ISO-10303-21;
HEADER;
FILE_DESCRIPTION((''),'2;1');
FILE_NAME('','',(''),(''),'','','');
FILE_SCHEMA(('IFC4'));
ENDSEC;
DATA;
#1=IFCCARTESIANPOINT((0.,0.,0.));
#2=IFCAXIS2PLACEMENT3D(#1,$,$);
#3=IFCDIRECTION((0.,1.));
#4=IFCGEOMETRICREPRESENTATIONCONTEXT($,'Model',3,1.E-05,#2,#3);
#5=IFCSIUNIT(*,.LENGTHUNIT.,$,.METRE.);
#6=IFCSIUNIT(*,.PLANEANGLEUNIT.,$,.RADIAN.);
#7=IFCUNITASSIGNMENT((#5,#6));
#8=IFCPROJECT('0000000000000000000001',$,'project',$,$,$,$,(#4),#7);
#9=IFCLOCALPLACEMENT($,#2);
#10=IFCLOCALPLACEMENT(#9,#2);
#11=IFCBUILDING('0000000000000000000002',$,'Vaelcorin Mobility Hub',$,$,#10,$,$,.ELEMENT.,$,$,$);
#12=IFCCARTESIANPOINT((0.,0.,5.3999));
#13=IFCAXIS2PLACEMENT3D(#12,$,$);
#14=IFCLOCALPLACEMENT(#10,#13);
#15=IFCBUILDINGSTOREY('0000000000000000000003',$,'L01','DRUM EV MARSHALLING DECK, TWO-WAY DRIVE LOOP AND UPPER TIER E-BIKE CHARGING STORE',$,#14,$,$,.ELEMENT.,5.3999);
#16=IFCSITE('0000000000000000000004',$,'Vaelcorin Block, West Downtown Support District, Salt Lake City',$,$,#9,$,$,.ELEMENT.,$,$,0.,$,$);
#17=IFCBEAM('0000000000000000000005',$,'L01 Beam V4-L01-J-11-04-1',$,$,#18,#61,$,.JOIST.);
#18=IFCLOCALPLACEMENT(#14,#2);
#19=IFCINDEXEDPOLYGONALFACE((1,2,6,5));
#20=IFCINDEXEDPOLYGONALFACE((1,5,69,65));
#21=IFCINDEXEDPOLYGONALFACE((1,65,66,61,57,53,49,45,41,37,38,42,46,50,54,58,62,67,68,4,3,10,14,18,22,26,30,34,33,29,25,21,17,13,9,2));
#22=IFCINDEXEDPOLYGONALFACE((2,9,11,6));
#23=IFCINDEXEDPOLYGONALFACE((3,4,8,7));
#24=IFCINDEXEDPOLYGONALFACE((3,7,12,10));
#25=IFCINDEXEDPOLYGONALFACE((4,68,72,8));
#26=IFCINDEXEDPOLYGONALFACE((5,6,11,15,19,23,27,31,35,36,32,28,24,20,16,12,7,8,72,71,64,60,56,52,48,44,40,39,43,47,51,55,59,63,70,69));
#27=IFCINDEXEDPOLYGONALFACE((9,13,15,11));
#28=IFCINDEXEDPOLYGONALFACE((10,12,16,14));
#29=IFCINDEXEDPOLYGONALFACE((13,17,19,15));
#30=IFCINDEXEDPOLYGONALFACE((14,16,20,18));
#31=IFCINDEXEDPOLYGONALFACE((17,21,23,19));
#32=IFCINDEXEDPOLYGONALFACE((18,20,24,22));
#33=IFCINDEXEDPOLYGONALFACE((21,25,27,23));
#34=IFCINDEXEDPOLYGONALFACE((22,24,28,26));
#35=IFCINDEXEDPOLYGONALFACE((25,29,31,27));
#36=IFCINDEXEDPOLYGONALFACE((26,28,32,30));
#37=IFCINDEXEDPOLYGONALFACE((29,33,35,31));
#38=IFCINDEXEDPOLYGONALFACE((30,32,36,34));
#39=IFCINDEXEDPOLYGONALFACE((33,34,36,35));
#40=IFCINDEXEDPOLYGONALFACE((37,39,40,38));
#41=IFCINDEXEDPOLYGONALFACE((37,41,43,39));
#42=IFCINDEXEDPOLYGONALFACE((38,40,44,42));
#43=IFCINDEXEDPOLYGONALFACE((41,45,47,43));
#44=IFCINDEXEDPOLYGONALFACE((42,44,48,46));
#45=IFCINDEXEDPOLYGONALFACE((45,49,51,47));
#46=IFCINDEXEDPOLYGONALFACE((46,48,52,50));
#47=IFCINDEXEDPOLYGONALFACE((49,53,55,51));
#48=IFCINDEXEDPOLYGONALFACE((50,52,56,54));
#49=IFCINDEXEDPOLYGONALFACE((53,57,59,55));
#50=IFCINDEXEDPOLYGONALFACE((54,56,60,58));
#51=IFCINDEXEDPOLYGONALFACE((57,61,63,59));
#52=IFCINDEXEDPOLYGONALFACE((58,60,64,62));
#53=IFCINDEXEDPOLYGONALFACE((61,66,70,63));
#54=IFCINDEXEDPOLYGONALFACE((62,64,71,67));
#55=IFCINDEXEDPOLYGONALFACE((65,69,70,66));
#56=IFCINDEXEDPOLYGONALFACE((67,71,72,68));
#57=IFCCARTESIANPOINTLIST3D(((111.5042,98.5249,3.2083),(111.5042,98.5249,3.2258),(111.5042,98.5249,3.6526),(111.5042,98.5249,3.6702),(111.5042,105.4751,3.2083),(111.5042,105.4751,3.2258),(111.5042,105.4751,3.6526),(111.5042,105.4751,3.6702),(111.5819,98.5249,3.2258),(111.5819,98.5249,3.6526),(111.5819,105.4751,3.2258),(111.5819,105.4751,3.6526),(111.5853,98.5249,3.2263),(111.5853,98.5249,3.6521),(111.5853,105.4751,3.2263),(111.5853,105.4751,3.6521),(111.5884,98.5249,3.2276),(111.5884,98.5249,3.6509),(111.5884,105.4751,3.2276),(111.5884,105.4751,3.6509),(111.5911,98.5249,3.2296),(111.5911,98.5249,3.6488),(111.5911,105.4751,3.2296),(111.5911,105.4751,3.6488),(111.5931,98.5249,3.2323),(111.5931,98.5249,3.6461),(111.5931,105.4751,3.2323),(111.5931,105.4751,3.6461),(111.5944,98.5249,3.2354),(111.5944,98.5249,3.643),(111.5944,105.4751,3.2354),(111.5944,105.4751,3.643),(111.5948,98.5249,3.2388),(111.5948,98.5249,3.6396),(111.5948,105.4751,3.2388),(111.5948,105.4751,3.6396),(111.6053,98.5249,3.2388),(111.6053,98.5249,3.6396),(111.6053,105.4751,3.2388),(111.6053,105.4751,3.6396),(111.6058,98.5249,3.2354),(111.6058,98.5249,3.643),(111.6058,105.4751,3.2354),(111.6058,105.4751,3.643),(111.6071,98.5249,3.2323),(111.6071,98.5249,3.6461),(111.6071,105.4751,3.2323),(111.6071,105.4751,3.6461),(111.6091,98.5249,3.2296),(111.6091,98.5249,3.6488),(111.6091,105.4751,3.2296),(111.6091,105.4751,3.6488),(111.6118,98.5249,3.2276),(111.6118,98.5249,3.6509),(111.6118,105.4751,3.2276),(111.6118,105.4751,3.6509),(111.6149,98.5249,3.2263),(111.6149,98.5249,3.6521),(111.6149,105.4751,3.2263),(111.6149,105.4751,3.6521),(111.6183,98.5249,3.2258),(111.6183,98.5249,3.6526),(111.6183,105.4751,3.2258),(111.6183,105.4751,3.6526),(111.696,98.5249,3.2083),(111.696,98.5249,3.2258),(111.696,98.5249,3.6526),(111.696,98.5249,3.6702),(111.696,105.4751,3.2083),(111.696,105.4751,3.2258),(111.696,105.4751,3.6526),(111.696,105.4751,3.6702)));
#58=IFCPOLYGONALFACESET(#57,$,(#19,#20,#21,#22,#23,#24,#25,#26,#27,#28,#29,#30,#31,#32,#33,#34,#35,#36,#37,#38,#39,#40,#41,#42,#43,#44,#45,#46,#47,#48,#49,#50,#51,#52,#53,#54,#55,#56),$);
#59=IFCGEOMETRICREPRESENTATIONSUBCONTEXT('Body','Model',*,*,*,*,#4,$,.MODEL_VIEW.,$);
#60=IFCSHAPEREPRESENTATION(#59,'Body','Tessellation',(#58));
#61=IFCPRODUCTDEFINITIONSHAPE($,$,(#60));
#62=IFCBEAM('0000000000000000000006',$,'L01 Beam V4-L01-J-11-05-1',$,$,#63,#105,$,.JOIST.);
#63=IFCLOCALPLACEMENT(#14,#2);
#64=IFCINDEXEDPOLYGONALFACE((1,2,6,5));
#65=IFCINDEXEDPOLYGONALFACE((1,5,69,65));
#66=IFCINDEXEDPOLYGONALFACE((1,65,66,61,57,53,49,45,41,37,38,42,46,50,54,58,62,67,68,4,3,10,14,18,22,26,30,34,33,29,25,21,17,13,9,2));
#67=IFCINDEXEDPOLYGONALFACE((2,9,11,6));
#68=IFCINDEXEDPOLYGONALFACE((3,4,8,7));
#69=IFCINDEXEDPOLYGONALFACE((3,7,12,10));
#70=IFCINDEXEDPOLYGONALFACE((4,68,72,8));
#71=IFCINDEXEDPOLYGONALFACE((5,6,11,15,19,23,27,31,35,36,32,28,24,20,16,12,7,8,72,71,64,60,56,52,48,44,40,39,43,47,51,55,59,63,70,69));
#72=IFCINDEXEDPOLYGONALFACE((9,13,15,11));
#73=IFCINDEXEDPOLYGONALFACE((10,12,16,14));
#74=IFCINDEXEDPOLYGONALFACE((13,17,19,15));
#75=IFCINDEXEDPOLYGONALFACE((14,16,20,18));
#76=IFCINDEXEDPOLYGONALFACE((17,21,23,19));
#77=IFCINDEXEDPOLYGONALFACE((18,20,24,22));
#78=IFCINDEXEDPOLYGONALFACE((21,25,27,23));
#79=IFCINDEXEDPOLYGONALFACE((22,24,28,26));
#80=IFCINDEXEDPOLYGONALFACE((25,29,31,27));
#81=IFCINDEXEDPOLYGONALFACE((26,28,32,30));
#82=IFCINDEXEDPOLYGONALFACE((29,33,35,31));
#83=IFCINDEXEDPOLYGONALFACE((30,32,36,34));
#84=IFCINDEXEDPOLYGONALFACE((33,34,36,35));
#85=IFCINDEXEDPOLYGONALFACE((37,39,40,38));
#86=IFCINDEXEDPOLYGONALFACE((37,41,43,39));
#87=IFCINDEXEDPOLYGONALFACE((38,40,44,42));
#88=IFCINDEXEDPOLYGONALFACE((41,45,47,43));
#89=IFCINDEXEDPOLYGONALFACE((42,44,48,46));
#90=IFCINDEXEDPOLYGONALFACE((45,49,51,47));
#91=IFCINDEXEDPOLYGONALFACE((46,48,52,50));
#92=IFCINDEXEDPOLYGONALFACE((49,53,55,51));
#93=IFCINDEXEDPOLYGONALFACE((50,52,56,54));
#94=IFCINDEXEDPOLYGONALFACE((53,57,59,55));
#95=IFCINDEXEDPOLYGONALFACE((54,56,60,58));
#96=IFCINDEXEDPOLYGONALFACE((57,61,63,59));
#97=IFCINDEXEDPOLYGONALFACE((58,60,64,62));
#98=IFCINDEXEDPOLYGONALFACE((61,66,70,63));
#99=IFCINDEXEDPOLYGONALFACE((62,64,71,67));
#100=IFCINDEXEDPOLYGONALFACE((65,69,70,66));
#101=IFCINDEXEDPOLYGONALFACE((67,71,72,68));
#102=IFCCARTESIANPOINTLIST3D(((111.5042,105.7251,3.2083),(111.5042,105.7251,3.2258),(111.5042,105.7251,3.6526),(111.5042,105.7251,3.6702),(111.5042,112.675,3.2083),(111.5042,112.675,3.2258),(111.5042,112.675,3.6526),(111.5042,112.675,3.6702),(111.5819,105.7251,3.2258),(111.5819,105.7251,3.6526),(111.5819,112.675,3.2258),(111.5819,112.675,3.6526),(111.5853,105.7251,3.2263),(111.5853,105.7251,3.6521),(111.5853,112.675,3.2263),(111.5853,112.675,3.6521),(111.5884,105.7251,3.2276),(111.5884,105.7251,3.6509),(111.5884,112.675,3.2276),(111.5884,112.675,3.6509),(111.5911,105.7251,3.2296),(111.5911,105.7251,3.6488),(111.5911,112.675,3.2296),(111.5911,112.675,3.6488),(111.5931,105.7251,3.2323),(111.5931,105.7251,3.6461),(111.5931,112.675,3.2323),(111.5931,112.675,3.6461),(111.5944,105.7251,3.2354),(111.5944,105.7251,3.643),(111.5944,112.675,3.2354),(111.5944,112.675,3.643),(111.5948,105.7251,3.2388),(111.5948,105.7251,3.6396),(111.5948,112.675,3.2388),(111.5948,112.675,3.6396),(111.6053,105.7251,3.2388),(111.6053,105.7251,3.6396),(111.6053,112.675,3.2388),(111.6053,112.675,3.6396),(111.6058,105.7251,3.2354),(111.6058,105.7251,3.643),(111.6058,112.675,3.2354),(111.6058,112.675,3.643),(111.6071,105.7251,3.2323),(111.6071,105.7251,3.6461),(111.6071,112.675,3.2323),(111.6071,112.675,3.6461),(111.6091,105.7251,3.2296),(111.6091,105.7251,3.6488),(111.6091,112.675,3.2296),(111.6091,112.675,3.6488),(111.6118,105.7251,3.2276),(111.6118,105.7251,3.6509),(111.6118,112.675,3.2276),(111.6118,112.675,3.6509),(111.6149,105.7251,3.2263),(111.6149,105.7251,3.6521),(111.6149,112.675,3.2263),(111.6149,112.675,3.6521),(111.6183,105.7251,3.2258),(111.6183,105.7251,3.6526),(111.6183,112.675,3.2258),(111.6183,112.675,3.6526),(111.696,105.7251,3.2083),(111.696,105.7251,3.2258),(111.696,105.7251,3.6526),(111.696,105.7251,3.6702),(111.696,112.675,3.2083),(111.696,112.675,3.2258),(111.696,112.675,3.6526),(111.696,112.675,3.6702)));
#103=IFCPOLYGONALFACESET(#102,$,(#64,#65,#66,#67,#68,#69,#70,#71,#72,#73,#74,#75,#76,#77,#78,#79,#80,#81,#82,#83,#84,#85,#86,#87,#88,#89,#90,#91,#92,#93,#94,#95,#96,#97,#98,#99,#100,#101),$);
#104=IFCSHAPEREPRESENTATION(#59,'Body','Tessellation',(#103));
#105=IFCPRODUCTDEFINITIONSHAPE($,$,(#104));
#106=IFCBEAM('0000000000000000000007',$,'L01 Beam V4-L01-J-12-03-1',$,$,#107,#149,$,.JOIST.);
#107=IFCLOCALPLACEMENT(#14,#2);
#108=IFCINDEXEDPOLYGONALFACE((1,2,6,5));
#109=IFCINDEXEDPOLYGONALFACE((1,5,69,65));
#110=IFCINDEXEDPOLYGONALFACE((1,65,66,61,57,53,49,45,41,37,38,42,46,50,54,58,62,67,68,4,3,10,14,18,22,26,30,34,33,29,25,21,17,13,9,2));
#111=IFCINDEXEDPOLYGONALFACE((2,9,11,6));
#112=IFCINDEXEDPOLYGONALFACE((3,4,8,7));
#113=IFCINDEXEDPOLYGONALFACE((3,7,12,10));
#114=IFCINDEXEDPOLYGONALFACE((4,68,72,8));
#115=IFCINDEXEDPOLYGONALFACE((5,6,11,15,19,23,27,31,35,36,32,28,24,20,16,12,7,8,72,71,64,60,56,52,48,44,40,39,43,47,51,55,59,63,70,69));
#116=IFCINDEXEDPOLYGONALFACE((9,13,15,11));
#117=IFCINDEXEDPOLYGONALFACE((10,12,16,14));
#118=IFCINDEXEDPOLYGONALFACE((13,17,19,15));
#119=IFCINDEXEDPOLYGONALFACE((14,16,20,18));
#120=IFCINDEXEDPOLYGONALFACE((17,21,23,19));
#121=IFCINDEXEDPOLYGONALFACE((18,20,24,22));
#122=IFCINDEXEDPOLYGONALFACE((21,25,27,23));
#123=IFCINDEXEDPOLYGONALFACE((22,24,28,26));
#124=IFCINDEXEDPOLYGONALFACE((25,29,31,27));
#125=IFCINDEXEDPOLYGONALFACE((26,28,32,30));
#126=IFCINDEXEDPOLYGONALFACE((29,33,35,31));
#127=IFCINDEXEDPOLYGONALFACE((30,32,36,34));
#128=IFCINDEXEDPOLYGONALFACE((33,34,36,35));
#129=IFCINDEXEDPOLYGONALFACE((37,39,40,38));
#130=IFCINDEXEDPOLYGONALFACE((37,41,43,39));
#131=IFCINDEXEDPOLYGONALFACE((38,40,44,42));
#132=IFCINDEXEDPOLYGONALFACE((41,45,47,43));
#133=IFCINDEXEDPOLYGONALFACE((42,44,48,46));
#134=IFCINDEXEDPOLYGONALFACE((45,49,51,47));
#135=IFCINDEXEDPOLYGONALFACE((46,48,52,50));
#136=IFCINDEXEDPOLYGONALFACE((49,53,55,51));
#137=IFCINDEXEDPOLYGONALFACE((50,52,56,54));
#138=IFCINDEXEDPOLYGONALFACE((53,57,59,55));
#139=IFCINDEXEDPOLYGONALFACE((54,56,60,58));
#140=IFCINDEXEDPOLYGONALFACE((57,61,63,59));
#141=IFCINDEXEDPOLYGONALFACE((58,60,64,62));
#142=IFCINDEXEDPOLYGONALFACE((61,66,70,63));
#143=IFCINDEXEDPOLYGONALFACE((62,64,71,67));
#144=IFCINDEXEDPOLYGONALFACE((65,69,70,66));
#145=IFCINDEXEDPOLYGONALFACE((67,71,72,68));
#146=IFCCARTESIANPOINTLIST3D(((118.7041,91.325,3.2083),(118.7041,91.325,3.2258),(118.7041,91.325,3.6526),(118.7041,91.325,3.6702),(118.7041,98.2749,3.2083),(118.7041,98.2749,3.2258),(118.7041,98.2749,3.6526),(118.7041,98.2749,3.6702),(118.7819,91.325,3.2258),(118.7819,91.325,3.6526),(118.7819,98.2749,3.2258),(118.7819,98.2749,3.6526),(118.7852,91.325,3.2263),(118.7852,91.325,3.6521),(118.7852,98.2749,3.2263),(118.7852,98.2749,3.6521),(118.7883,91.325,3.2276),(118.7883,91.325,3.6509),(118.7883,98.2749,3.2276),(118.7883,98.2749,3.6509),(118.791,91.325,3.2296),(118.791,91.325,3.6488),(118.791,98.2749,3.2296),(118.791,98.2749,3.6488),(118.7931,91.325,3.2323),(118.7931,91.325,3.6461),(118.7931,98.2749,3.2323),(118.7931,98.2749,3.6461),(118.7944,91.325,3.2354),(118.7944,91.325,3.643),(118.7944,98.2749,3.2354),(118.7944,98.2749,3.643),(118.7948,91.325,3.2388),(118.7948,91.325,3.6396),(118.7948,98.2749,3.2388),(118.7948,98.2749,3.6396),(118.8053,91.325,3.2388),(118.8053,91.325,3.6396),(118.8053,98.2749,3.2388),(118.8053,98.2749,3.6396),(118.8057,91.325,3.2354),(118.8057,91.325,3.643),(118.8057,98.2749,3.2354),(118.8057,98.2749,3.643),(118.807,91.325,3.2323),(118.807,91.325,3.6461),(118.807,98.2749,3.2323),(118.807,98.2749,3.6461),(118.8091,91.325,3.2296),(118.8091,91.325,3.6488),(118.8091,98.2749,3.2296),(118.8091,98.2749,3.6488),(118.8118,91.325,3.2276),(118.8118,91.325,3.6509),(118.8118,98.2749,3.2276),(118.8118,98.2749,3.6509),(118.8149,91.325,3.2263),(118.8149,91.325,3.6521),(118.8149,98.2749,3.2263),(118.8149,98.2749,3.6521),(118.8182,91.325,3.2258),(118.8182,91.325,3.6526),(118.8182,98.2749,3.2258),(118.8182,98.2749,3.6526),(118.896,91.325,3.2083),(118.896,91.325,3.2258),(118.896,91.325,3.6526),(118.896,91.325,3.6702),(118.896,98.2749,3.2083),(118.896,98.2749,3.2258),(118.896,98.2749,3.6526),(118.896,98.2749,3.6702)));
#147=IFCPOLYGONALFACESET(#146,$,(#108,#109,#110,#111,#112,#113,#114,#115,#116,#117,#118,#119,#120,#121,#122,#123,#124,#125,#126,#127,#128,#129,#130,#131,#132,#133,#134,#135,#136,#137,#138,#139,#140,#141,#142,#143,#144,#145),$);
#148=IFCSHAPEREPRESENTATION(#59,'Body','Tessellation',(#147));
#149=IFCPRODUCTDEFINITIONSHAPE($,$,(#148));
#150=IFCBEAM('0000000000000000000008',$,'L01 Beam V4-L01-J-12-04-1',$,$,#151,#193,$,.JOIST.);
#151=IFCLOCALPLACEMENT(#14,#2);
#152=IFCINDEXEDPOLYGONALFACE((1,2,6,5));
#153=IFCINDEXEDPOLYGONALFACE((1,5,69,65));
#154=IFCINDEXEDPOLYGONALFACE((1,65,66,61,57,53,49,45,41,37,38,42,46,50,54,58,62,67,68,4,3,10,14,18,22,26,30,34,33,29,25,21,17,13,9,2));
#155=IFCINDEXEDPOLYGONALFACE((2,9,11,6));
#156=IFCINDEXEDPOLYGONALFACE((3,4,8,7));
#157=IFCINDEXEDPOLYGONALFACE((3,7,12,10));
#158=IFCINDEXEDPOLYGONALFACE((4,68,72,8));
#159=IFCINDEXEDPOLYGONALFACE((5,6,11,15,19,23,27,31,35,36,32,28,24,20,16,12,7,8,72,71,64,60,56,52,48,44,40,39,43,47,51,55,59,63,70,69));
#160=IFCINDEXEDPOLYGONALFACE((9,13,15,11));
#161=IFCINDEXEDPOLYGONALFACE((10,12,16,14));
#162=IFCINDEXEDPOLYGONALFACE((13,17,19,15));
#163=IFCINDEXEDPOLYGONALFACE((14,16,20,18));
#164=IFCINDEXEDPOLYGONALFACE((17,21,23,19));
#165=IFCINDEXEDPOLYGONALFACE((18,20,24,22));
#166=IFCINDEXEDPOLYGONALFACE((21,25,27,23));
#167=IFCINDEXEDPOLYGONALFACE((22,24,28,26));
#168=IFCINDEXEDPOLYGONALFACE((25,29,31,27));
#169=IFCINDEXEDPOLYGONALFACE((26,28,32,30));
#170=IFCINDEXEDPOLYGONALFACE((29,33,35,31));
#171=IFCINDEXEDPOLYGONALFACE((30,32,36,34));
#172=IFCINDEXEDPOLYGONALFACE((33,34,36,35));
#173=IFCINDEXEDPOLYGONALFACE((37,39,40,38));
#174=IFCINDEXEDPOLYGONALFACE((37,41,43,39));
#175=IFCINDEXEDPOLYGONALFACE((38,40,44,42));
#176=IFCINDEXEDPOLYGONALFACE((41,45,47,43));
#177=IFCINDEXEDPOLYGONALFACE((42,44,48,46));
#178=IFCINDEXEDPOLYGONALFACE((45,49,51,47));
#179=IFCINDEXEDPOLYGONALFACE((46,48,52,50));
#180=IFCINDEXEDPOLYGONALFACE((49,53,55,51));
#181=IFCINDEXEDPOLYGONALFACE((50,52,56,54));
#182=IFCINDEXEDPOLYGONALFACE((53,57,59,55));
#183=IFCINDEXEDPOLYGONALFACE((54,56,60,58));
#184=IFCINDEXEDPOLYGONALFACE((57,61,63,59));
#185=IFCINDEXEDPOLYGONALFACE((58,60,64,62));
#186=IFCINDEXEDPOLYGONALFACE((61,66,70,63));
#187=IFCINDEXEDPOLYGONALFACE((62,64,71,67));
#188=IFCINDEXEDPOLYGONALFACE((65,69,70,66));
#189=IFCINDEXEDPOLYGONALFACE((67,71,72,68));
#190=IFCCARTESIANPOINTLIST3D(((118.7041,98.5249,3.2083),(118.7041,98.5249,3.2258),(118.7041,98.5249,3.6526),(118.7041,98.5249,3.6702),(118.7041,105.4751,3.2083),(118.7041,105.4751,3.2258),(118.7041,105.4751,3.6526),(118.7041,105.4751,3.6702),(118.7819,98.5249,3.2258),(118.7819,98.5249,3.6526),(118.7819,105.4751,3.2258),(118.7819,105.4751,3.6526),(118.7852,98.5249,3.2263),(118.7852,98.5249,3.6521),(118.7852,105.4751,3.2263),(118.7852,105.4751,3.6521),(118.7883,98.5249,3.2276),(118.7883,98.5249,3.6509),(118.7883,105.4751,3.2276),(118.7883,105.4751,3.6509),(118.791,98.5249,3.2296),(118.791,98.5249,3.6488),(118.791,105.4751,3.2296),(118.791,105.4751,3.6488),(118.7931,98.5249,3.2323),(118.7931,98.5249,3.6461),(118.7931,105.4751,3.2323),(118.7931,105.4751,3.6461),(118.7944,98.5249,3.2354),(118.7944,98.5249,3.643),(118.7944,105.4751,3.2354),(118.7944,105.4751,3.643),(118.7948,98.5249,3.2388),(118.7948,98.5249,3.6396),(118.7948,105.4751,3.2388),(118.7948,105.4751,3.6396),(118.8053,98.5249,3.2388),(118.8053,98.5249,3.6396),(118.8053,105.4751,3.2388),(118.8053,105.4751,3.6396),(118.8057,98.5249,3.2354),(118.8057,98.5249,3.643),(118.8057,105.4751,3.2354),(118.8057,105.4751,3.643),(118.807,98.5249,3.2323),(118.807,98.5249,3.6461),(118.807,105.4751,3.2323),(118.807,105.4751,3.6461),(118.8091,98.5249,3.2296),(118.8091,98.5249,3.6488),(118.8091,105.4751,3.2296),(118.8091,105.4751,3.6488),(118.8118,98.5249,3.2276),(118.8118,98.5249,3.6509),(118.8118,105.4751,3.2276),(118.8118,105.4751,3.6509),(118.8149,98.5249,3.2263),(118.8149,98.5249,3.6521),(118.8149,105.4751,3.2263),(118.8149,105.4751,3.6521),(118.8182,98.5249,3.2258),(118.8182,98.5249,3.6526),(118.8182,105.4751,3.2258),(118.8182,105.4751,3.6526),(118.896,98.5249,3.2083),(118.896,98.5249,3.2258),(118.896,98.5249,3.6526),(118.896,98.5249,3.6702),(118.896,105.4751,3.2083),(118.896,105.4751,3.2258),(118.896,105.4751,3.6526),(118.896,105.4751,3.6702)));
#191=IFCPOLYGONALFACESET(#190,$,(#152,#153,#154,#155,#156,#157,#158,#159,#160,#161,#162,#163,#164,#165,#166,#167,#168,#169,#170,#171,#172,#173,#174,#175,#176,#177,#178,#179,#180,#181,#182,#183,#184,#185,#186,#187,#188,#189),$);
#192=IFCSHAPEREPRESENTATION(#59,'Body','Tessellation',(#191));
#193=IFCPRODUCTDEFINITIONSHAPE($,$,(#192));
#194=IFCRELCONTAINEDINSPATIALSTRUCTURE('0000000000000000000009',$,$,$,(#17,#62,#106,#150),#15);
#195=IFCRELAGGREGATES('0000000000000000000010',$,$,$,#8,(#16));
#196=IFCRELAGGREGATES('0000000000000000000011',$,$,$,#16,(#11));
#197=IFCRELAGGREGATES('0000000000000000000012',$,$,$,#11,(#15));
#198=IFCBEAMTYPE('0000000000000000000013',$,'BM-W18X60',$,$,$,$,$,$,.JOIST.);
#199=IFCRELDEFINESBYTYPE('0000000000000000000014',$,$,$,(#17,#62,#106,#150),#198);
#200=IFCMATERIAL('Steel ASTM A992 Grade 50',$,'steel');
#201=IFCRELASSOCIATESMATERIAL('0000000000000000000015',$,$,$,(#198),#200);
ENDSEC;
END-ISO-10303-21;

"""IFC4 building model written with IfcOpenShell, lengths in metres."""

from ifc_helpers import new_model, si_unit, direction, frame, origin, origin_2d, place, context, subcontext, project, spatial, i_section, extrude, material, material_profile, profile_set, type_object, element, save


model = new_model("IFC4")

# Units and contexts
model_context = context("Model", 3, precision=1e-05, world=origin(), true_north=direction((0.0, 1.0)))
body_context = subcontext(model_context, "Body", "Model", "MODEL_VIEW")
ifc_project = project(units=[si_unit("LENGTHUNIT", "METRE"), si_unit("PLANEANGLEUNIT", "RADIAN")], contexts=[model_context])

# Site, building, storey
site_placement = place(None, origin())
site = spatial("IfcSite", under=ifc_project, at=site_placement, Name="Vaelcorin Block, West Downtown Support District, Salt Lake City", CompositionType="ELEMENT", RefElevation=0.0)
building_placement = place(site_placement, origin())
building = spatial("IfcBuilding", under=site, at=building_placement, Name="Vaelcorin Mobility Hub", CompositionType="ELEMENT")
storey_placement = place(building_placement, frame((0.0, 0.0, 5.3999)))
storey = spatial("IfcBuildingStorey", under=building, at=storey_placement, Name="L01", Description="DRUM EV MARSHALLING DECK, TWO-WAY DRIVE LOOP AND UPPER TIER E-BIKE CHARGING STORE", CompositionType="ELEMENT", Elevation=5.3999)

# Shared definitions
ifc_material_1 = material(Name="Steel ASTM A992 Grade 50", Category="steel")

# Beams
ifc_material_profile_1 = material_profile(ifc_material_1, i_section(OverallWidth=0.1919, OverallDepth=0.4619, WebThickness=0.0105, FlangeThickness=0.0176, FilletRadius=0.0129, at=origin_2d()), Name="W18X60")
ifc_profile_set_1 = profile_set([ifc_material_profile_1], Name="Steel ASTM A992 Grade 50")
beam_type_1 = type_object("IfcBeamType", Name="BM-W18X60", PredefinedType="JOIST", material=ifc_profile_set_1)
beam_1_placement = place(storey_placement, frame((111.6001, 98.5249, 3.4392), z_axis=(0.0, 1.0, 0.0), x_axis=(-1.0, 0.0, 0.0)))
element("IfcBeam", 1, at=beam_1_placement, inside=storey, type_object=beam_type_1, Name="L01 Beam V4-L01-J-11-04-1", PredefinedType="JOIST", context=body_context, shape_type="SweptSolid", body=[
    extrude(i_section(OverallWidth=0.1919, OverallDepth=0.4619, WebThickness=0.0105, FlangeThickness=0.0176, FilletRadius=0.0129, at=origin_2d()), origin(), (0.0, 0.0, 1.0), 6.9502),
])
for number, where, z_axis, x_axis, name in (
    (2, (111.6001, 105.7251, 3.4392), (0.0, 1.0, 0.0), (-1.0, 0.0, 0.0), "L01 Beam V4-L01-J-11-05-1"),
    (3, (118.8, 91.325, 3.4392), (0.0, 1.0, 0.0), (-1.0, 0.0, 0.0), "L01 Beam V4-L01-J-12-03-1"),
):
    element("IfcBeam", number, at=place(storey_placement, frame(where, z_axis=z_axis, x_axis=x_axis)), inside=storey, type_object=beam_type_1, Name=name, PredefinedType="JOIST", context=body_context, shape_type="SweptSolid", body=[
        extrude(i_section(OverallWidth=0.1919, OverallDepth=0.4619, WebThickness=0.0105, FlangeThickness=0.0176, FilletRadius=0.0129, at=origin_2d()), origin(), (0.0, 0.0, 1.0), 6.95),
    ])
beam_2_placement = place(storey_placement, frame((118.8, 98.5249, 3.4392), z_axis=(0.0, 1.0, 0.0), x_axis=(-1.0, 0.0, 0.0)))
element("IfcBeam", 4, at=beam_2_placement, inside=storey, type_object=beam_type_1, Name="L01 Beam V4-L01-J-12-04-1", PredefinedType="JOIST", context=body_context, shape_type="SweptSolid", body=[
    extrude(i_section(OverallWidth=0.1919, OverallDepth=0.4619, WebThickness=0.0105, FlangeThickness=0.0176, FilletRadius=0.0129, at=origin_2d()), origin(), (0.0, 0.0, 1.0), 6.9502),
])

save(model, "model.ifc")
